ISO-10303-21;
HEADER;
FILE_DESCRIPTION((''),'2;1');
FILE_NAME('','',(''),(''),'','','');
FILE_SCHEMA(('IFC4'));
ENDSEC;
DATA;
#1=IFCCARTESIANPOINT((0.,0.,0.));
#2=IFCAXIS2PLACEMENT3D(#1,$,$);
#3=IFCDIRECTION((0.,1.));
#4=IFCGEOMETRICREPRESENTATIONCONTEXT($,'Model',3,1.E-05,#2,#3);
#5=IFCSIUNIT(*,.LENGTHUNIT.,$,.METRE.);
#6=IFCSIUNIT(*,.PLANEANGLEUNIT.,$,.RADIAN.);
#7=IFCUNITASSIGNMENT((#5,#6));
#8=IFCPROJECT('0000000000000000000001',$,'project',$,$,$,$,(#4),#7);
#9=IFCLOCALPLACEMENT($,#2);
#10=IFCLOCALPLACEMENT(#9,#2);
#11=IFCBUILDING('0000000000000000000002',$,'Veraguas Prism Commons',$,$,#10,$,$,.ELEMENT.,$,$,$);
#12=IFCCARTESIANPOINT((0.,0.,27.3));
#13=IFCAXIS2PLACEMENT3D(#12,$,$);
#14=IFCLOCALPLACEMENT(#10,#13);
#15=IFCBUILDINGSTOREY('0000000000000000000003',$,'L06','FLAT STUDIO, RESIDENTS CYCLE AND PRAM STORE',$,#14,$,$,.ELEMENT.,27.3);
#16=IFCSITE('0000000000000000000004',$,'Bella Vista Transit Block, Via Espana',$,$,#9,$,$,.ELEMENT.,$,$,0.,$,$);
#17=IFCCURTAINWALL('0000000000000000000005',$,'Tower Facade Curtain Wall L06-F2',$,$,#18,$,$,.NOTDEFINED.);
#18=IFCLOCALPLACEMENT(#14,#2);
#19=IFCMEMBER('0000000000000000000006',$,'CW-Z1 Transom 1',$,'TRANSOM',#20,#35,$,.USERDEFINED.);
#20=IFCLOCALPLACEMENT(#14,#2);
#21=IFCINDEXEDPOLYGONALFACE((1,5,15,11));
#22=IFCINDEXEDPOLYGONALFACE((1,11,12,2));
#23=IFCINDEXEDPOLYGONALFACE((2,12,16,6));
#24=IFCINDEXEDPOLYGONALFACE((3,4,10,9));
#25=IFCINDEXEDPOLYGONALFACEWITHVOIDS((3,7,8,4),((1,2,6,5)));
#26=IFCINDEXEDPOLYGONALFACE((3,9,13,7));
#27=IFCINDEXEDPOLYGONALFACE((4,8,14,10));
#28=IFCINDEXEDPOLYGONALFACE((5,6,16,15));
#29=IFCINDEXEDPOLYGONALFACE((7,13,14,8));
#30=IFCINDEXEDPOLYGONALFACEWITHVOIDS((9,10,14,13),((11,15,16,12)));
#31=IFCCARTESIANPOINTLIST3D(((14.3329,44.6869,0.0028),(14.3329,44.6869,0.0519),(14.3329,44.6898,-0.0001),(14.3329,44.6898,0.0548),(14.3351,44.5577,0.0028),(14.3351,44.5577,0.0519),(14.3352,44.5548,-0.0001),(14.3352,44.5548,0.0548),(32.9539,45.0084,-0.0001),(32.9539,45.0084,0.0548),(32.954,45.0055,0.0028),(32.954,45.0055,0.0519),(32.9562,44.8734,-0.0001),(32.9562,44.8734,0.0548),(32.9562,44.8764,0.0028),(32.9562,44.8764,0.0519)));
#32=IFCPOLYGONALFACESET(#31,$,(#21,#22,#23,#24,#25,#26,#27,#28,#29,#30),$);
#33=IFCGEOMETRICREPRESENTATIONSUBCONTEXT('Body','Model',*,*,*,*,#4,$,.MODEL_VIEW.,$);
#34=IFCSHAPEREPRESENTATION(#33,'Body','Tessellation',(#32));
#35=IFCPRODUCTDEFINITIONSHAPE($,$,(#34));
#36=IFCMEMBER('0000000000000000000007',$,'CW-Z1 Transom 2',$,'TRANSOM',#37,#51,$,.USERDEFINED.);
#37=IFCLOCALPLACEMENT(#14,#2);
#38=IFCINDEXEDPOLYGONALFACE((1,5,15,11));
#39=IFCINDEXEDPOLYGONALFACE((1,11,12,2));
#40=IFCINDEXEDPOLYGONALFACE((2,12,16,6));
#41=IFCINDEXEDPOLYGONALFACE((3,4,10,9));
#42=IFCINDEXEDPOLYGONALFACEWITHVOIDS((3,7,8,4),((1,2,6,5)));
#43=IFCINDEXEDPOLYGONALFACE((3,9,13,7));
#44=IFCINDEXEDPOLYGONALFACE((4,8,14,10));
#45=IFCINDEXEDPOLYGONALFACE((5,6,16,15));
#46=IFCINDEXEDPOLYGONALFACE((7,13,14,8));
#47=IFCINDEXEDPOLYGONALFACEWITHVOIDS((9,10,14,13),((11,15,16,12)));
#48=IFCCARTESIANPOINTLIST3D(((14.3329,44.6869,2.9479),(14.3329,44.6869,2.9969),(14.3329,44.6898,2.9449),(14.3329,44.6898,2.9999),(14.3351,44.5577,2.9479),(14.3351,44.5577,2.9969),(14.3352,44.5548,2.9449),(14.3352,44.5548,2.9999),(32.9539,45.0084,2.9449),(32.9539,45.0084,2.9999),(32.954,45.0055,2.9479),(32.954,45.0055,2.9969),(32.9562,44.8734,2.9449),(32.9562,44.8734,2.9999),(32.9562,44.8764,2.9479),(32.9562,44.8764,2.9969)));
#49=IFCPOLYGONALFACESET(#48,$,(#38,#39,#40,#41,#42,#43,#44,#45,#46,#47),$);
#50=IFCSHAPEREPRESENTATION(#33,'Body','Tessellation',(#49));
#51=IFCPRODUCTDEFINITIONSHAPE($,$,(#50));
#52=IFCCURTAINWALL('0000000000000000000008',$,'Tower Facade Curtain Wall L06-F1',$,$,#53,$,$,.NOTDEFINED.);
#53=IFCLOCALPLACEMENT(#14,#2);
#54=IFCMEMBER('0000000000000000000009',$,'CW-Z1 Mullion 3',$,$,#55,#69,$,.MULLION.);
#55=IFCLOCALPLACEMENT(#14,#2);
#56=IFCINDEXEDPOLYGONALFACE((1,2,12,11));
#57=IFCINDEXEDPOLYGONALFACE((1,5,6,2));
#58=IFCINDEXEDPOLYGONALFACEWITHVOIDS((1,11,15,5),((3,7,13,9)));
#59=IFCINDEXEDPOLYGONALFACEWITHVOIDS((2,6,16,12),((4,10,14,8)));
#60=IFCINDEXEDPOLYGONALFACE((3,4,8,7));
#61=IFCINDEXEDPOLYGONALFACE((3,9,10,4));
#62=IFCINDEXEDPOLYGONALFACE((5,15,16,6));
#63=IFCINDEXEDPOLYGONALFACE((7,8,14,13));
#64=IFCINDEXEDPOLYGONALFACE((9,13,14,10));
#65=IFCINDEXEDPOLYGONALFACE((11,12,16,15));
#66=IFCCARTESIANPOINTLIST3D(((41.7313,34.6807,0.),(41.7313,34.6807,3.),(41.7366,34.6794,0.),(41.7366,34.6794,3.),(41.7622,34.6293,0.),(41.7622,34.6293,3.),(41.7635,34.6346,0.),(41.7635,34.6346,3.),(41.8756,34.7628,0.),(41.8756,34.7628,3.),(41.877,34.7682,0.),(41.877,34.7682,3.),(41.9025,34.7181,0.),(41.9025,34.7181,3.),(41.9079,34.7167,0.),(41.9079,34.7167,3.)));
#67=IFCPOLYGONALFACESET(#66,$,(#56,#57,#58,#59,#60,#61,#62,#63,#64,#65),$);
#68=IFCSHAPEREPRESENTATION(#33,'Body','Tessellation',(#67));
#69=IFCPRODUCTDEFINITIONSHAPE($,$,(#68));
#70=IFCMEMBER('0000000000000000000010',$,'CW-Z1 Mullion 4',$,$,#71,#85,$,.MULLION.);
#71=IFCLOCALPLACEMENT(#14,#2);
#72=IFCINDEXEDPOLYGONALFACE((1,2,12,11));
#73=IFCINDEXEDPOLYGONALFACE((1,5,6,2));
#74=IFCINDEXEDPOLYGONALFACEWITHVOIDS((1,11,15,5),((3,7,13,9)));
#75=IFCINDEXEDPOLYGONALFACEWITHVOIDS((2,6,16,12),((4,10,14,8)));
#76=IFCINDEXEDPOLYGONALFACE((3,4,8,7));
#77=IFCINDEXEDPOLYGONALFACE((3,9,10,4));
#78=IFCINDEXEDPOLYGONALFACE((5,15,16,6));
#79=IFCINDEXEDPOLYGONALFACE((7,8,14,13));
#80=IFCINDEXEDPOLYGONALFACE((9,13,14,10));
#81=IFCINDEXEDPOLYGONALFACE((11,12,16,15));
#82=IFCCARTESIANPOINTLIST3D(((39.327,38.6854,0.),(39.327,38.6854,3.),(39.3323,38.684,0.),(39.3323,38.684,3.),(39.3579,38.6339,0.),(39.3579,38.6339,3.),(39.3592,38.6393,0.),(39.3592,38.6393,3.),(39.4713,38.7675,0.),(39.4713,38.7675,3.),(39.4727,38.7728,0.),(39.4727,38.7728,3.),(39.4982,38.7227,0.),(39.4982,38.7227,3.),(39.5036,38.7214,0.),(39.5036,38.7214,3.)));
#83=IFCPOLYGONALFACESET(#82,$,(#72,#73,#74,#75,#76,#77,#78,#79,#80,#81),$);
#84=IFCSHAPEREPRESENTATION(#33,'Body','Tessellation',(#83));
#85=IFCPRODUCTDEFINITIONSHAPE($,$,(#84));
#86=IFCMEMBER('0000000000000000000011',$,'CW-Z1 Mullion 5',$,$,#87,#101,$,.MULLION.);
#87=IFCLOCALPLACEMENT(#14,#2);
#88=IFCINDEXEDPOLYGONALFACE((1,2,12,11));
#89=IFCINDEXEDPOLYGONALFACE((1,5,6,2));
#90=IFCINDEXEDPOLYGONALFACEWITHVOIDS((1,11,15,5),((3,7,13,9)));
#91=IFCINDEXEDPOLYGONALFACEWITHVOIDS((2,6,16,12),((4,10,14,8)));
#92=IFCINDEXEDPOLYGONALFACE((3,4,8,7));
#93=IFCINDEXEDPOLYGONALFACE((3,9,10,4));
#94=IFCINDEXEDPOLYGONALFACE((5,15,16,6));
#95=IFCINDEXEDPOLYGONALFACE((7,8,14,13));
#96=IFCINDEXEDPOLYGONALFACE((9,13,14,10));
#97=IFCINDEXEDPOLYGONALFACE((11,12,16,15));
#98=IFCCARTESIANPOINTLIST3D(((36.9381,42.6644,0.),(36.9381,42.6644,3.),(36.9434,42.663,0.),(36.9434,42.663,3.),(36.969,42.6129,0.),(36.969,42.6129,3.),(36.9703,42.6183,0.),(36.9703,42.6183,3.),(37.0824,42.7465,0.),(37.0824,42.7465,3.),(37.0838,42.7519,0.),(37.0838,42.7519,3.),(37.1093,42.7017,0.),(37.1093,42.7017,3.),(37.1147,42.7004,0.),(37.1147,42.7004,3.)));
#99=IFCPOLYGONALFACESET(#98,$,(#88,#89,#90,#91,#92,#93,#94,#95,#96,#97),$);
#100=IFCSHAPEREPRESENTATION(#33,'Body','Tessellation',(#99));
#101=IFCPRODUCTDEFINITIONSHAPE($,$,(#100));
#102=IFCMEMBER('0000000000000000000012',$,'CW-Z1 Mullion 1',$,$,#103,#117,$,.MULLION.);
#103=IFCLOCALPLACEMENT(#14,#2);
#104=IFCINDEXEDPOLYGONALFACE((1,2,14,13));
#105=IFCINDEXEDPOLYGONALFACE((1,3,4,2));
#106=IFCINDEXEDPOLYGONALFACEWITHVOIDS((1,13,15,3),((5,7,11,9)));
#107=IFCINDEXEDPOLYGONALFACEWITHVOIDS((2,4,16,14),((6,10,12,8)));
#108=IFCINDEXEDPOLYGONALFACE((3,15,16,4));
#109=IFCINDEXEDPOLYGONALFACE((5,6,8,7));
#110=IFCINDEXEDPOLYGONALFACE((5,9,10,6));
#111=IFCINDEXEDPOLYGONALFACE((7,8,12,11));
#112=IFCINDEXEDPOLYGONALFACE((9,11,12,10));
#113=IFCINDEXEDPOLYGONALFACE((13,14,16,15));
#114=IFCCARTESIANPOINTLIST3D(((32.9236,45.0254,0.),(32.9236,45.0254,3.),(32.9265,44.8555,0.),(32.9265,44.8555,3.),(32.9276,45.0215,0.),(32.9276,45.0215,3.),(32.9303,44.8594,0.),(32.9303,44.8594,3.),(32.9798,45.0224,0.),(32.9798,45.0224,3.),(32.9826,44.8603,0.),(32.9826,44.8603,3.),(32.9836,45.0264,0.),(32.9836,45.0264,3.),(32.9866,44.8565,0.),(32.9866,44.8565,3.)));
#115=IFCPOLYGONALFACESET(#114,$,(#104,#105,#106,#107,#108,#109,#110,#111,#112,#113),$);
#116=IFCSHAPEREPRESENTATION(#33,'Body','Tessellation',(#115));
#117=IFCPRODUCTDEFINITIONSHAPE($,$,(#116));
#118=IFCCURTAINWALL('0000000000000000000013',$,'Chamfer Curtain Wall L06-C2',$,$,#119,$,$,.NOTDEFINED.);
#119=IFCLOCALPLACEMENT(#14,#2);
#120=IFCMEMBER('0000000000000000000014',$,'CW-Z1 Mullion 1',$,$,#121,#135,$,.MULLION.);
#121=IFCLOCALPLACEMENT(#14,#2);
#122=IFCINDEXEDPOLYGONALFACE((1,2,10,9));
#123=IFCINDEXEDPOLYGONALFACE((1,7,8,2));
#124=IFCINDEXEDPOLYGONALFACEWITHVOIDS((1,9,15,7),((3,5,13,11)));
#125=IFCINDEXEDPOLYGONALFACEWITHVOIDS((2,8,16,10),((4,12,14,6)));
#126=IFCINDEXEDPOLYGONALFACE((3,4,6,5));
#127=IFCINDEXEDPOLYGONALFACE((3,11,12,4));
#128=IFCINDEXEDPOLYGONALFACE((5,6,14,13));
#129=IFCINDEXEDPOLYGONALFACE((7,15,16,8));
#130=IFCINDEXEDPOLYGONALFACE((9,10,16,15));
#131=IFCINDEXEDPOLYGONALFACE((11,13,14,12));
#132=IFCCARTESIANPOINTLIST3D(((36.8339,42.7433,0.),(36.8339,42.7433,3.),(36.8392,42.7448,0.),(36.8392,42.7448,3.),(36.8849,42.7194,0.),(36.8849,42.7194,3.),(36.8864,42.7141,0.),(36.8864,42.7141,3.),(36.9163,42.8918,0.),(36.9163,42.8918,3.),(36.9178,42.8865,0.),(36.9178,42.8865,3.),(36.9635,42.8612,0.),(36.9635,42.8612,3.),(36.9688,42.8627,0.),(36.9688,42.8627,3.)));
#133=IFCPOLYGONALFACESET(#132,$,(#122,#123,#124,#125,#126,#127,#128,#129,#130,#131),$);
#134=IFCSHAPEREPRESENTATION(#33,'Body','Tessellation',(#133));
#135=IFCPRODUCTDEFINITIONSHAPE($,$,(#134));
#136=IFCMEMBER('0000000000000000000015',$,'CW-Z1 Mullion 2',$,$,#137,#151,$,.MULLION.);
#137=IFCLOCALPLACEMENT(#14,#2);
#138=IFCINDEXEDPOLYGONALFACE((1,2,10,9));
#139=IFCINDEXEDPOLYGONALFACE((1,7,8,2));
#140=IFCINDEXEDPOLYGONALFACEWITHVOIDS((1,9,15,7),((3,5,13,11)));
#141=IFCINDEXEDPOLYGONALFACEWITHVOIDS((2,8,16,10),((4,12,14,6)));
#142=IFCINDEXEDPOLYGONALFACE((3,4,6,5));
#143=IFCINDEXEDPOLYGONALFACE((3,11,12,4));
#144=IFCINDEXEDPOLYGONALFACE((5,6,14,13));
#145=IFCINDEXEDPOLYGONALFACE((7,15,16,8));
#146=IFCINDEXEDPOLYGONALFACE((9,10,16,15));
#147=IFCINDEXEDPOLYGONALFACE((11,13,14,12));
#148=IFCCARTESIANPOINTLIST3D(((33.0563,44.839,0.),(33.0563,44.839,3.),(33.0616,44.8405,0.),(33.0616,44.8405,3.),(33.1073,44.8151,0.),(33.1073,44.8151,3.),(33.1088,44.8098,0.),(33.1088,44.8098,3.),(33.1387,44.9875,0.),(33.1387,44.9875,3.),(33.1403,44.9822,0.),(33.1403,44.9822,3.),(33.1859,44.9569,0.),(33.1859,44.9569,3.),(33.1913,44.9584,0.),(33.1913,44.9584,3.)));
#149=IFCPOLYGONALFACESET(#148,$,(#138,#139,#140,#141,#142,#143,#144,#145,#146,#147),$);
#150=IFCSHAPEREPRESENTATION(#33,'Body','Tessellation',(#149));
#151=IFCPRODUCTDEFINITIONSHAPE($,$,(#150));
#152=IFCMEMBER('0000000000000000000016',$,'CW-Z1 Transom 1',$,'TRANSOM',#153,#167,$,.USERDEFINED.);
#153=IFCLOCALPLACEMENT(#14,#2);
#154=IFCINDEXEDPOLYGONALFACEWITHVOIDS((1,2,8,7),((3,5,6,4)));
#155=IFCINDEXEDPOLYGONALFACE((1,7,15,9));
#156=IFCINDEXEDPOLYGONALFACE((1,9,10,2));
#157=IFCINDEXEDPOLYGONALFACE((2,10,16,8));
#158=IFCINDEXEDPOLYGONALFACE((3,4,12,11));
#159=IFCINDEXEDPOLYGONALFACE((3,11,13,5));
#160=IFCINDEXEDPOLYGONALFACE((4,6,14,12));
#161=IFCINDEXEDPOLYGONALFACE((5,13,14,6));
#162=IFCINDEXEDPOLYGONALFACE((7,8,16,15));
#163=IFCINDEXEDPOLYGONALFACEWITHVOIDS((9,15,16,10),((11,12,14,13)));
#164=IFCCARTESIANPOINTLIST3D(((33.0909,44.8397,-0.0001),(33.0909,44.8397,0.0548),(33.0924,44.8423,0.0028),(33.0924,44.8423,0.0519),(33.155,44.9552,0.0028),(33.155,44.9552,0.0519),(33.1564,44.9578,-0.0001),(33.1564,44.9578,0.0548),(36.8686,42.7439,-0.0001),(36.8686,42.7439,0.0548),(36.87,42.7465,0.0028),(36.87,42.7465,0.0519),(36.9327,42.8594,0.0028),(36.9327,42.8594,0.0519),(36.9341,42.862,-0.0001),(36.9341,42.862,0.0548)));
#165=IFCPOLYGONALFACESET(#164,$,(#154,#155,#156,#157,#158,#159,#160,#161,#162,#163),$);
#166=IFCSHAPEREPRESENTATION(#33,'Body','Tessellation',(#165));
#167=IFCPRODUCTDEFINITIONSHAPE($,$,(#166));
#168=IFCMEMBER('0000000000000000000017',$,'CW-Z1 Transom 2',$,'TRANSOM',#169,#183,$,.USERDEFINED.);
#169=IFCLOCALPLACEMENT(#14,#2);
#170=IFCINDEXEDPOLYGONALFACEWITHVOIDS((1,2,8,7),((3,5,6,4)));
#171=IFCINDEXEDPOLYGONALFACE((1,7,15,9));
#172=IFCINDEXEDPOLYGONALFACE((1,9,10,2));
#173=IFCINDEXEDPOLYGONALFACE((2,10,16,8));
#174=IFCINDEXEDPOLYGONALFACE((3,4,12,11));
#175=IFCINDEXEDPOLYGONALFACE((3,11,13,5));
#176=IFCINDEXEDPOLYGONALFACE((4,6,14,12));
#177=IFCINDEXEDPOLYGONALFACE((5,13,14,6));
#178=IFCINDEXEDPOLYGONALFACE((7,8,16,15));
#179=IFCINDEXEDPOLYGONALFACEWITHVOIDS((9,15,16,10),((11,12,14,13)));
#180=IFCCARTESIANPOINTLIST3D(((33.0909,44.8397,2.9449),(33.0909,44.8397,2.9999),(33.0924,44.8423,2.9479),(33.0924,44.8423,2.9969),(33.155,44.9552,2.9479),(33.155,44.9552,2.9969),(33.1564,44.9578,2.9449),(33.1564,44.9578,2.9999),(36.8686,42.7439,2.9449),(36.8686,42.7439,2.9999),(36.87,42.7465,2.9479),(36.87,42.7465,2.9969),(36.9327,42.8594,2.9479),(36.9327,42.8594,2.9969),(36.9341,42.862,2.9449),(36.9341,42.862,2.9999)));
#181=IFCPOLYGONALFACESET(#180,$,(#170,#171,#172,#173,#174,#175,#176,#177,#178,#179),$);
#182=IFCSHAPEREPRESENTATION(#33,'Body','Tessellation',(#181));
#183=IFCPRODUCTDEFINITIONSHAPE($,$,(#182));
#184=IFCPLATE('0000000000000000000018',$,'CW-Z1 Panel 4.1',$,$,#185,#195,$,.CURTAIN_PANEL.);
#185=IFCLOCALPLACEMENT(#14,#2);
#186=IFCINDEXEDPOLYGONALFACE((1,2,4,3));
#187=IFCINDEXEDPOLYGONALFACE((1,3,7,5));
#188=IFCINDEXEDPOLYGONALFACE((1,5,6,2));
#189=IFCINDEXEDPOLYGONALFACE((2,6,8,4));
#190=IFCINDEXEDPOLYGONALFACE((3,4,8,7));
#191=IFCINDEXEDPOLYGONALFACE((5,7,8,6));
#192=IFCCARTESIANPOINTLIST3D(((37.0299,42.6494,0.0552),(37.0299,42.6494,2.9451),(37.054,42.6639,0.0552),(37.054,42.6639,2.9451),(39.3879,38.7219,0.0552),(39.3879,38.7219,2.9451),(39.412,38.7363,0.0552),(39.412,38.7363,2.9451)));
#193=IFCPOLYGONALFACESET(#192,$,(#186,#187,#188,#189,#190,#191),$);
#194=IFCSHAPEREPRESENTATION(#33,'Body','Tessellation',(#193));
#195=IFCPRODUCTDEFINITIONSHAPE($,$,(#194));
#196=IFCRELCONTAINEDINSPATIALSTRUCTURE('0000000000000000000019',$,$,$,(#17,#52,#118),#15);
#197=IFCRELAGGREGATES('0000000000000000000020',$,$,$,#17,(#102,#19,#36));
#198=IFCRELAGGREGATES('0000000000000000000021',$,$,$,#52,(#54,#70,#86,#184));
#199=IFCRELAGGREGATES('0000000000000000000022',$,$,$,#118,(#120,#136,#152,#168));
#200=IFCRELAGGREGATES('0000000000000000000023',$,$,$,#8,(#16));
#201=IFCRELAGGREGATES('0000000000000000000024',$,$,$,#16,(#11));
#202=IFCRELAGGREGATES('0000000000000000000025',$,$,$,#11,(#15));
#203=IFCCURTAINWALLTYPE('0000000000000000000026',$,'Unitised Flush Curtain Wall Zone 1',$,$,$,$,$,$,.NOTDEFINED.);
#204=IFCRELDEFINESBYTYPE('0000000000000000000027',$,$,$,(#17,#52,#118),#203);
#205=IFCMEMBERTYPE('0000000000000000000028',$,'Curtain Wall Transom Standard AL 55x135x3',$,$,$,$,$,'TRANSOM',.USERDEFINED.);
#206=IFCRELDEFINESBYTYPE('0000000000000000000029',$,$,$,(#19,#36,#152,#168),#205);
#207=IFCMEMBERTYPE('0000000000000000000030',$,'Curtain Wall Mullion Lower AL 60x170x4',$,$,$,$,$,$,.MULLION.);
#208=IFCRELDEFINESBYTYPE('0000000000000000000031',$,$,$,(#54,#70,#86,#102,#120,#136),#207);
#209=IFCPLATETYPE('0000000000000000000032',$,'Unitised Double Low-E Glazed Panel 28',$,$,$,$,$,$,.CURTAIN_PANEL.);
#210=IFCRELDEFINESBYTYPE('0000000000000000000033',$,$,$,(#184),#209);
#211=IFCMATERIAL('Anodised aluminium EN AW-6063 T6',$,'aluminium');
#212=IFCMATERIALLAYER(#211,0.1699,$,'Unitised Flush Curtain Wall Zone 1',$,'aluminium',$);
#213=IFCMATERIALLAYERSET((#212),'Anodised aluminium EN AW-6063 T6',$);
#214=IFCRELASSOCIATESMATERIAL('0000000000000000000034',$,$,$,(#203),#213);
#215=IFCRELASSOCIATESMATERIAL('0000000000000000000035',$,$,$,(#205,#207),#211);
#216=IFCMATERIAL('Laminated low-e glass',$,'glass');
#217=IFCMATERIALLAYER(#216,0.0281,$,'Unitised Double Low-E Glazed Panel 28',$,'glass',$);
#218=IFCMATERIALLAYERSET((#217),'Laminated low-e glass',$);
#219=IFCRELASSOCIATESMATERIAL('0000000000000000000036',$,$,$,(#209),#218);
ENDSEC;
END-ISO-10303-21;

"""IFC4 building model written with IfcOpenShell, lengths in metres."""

from ifc_helpers import new_model, si_unit, direction, frame, origin, origin_2d, place, context, subcontext, project, spatial, rectangle, hollow_rectangle, extrude, source, transform, mapped, material, layer, layer_set, material_profile, profile_set, type_object, element, aggregate, save


model = new_model("IFC4")

# Units and contexts
model_context = context("Model", 3, precision=1e-05, world=origin(), true_north=direction((0.0, 1.0)))
body_context = subcontext(model_context, "Body", "Model", "MODEL_VIEW")
ifc_project = project(units=[si_unit("LENGTHUNIT", "METRE"), si_unit("PLANEANGLEUNIT", "RADIAN")], contexts=[model_context])

# Site, building, storey
site_placement = place(None, origin())
site = spatial("IfcSite", under=ifc_project, at=site_placement, Name="Bella Vista Transit Block, Via Espana", CompositionType="ELEMENT", RefElevation=0.0)
building_placement = place(site_placement, origin())
building = spatial("IfcBuilding", under=site, at=building_placement, Name="Veraguas Prism Commons", CompositionType="ELEMENT")
storey_placement = place(building_placement, frame((0.0, 0.0, 27.3)))
storey = spatial("IfcBuildingStorey", under=building, at=storey_placement, Name="L06", Description="FLAT STUDIO, RESIDENTS CYCLE AND PRAM STORE", CompositionType="ELEMENT", Elevation=27.3)

# Curtain walls, members
ifc_material_1 = material(Name="Anodised aluminium EN AW-6063 T6", Category="aluminium")
ifc_layer_1 = layer(ifc_material_1, 0.1699, Name="Unitised Flush Curtain Wall Zone 1", Category="aluminium")
ifc_layer_set_1 = layer_set([ifc_layer_1], Name="Anodised aluminium EN AW-6063 T6")
curtain_wall_type = type_object("IfcCurtainWallType", Name="Unitised Flush Curtain Wall Zone 1", PredefinedType="NOTDEFINED", material=ifc_layer_set_1)
curtain_wall_1_placement = place(storey_placement, origin())
curtain_wall_1 = element("IfcCurtainWall", 1, at=curtain_wall_1_placement, inside=storey, type_object=curtain_wall_type, Name="Tower Facade Curtain Wall L06-F2", PredefinedType="NOTDEFINED")
ifc_material_profile_1 = material_profile(ifc_material_1, hollow_rectangle(XDim=0.0549, YDim=0.135, WallThickness=0.0029, at=origin_2d()), Name="AL55X135X3")
ifc_profile_set_1 = profile_set([ifc_material_profile_1], Name="Anodised aluminium EN AW-6063 T6")
member_type_1 = type_object("IfcMemberType", Name="Curtain Wall Transom Standard AL 55x135x3", ElementType="TRANSOM", PredefinedType="USERDEFINED", material=ifc_profile_set_1)
shared_shape_1 = source(origin(), body_context, "Body", "SweptSolid", [
    extrude(hollow_rectangle(XDim=0.0549, YDim=0.135, WallThickness=0.0029, at=origin_2d()), origin(), (0.0, 0.0, 1.0), 18.6238),
])
member_1_placement = place(storey_placement, frame((32.9551, 44.9409, 0.0273), z_axis=(-0.999854, -0.017107, 0.0), x_axis=(0.0, 0.0, 1.0)))
member_1 = element("IfcMember", 2, at=member_1_placement, type_object=member_type_1, Name="CW-Z1 Transom 1", ObjectType="TRANSOM", PredefinedType="USERDEFINED", context=body_context, shape_type="MappedRepresentation", body=[
    mapped(shared_shape_1, transform((0.0, 0.0, 0.0), scale=1.0)),
])
member_2_placement = place(storey_placement, frame((32.9551, 44.9409, 2.9724), z_axis=(-0.999854, -0.017107, 0.0), x_axis=(0.0, 0.0, 1.0)))
member_2 = element("IfcMember", 3, at=member_2_placement, type_object=member_type_1, Name="CW-Z1 Transom 2", ObjectType="TRANSOM", PredefinedType="USERDEFINED", context=body_context, shape_type="MappedRepresentation", body=[
    mapped(shared_shape_1, transform((0.0, 0.0, 0.0), scale=1.0)),
])
curtain_wall_2_placement = place(storey_placement, origin())
curtain_wall_2 = element("IfcCurtainWall", 4, at=curtain_wall_2_placement, inside=storey, type_object=curtain_wall_type, Name="Tower Facade Curtain Wall L06-F1", PredefinedType="NOTDEFINED")
ifc_material_profile_2 = material_profile(ifc_material_1, hollow_rectangle(XDim=0.0601, YDim=0.1699, WallThickness=0.0039, at=origin_2d()), Name="AL60X170X4")
ifc_profile_set_2 = profile_set([ifc_material_profile_2], Name="Anodised aluminium EN AW-6063 T6")
member_type_2 = type_object("IfcMemberType", Name="Curtain Wall Mullion Lower AL 60x170x4", PredefinedType="MULLION", material=ifc_profile_set_2)
shared_shape_2 = source(origin(), body_context, "Body", "SweptSolid", [
    extrude(hollow_rectangle(XDim=0.0601, YDim=0.1699, WallThickness=0.0039, at=origin_2d()), origin(), (0.0, 0.0, 1.0), 3.0),
])
member_3_placement = place(storey_placement, frame((41.8196, 34.6987, 0.0), z_axis=(0.0, 0.0, 1.0), x_axis=(-0.514734, 0.85735, 0.0)))
member_3 = element("IfcMember", 5, at=member_3_placement, type_object=member_type_2, Name="CW-Z1 Mullion 3", PredefinedType="MULLION", context=body_context, shape_type="MappedRepresentation", body=[
    mapped(shared_shape_2, transform((0.0, 0.0, 0.0), scale=1.0)),
])
member_4_placement = place(storey_placement, frame((39.4153, 38.7034, 0.0), z_axis=(0.0, 0.0, 1.0), x_axis=(-0.514734, 0.85735, 0.0)))
member_4 = element("IfcMember", 6, at=member_4_placement, type_object=member_type_2, Name="CW-Z1 Mullion 4", PredefinedType="MULLION", context=body_context, shape_type="MappedRepresentation", body=[
    mapped(shared_shape_2, transform((0.0, 0.0, 0.0), scale=1.0)),
])
member_5_placement = place(storey_placement, frame((37.0264, 42.6824, 0.0), z_axis=(0.0, 0.0, 1.0), x_axis=(-0.514734, 0.85735, 0.0)))
member_5 = element("IfcMember", 7, at=member_5_placement, type_object=member_type_2, Name="CW-Z1 Mullion 5", PredefinedType="MULLION", context=body_context, shape_type="MappedRepresentation", body=[
    mapped(shared_shape_2, transform((0.0, 0.0, 0.0), scale=1.0)),
])

# Member
member_6_placement = place(storey_placement, frame((32.9551, 44.9409, 0.0), z_axis=(0.0, 0.0, 1.0), x_axis=(-0.999854, -0.017105, 0.0)))
member_6 = element("IfcMember", 8, at=member_6_placement, type_object=member_type_2, Name="CW-Z1 Mullion 1", PredefinedType="MULLION", context=body_context, shape_type="MappedRepresentation", body=[
    mapped(shared_shape_2, transform((0.0, 0.0, 0.0), scale=1.0)),
])
aggregate(curtain_wall_1, [member_6, member_1, member_2])

# Curtain wall, members
curtain_wall_3_placement = place(storey_placement, origin())
curtain_wall_3 = element("IfcCurtainWall", 9, at=curtain_wall_3_placement, inside=storey, type_object=curtain_wall_type, Name="Chamfer Curtain Wall L06-C2", PredefinedType="NOTDEFINED")
member_7_placement = place(storey_placement, frame((36.9014, 42.803, 0.0), z_axis=(0.0, 0.0, 1.0), x_axis=(-0.874445, 0.485124, 0.0)))
member_7 = element("IfcMember", 10, at=member_7_placement, type_object=member_type_2, Name="CW-Z1 Mullion 1", PredefinedType="MULLION", context=body_context, shape_type="MappedRepresentation", body=[
    mapped(shared_shape_2, transform((0.0, 0.0, 0.0), scale=1.0)),
])
member_8_placement = place(storey_placement, frame((33.1238, 44.8987, 0.0), z_axis=(0.0, 0.0, 1.0), x_axis=(-0.874445, 0.485124, 0.0)))
member_8 = element("IfcMember", 11, at=member_8_placement, type_object=member_type_2, Name="CW-Z1 Mullion 2", PredefinedType="MULLION", context=body_context, shape_type="MappedRepresentation", body=[
    mapped(shared_shape_2, transform((0.0, 0.0, 0.0), scale=1.0)),
])
shared_shape_3 = source(origin(), body_context, "Body", "SweptSolid", [
    extrude(hollow_rectangle(XDim=0.0549, YDim=0.135, WallThickness=0.0029, at=origin_2d()), origin(), (0.0, 0.0, 1.0), 4.3201),
])
member_9_placement = place(storey_placement, frame((36.9014, 42.803, 0.0273), z_axis=(-0.874448, 0.48512, 0.0), x_axis=(0.0, 0.0, 1.0)))
member_9 = element("IfcMember", 12, at=member_9_placement, type_object=member_type_1, Name="CW-Z1 Transom 1", ObjectType="TRANSOM", PredefinedType="USERDEFINED", context=body_context, shape_type="MappedRepresentation", body=[
    mapped(shared_shape_3, transform((0.0, 0.0, 0.0), scale=1.0)),
])
member_10_placement = place(storey_placement, frame((36.9014, 42.803, 2.9724), z_axis=(-0.874448, 0.48512, 0.0), x_axis=(0.0, 0.0, 1.0)))
member_10 = element("IfcMember", 13, at=member_10_placement, type_object=member_type_1, Name="CW-Z1 Transom 2", ObjectType="TRANSOM", PredefinedType="USERDEFINED", context=body_context, shape_type="MappedRepresentation", body=[
    mapped(shared_shape_3, transform((0.0, 0.0, 0.0), scale=1.0)),
])

# Plate
ifc_material_2 = material(Name="Laminated low-e glass", Category="glass")
ifc_layer_2 = layer(ifc_material_2, 0.0281, Name="Unitised Double Low-E Glazed Panel 28", Category="glass")
ifc_layer_set_2 = layer_set([ifc_layer_2], Name="Laminated low-e glass")
plate_type = type_object("IfcPlateType", Name="Unitised Double Low-E Glazed Panel 28", PredefinedType="CURTAIN_PANEL", material=ifc_layer_set_2)
shared_shape_4 = source(origin(), body_context, "Body", "SweptSolid", [
    extrude(rectangle(XDim=4.5811, YDim=0.0281, at=origin_2d()), origin(), (0.0, 0.0, 1.0), 2.8899),
])
plate_1_placement = place(storey_placement, frame((38.2209, 40.6929, 0.0552), z_axis=(0.0, 0.0, 1.0), x_axis=(-0.514734, 0.85735, 0.0)))
plate_1 = element("IfcPlate", 14, at=plate_1_placement, type_object=plate_type, Name="CW-Z1 Panel 4.1", PredefinedType="CURTAIN_PANEL", context=body_context, shape_type="MappedRepresentation", body=[
    mapped(shared_shape_4, transform((0.0, 0.0, 0.0), scale=1.0)),
])
aggregate(curtain_wall_2, [member_3, member_4, member_5, plate_1])
aggregate(curtain_wall_3, [member_7, member_8, member_9, member_10])

save(model, "model.ifc")
